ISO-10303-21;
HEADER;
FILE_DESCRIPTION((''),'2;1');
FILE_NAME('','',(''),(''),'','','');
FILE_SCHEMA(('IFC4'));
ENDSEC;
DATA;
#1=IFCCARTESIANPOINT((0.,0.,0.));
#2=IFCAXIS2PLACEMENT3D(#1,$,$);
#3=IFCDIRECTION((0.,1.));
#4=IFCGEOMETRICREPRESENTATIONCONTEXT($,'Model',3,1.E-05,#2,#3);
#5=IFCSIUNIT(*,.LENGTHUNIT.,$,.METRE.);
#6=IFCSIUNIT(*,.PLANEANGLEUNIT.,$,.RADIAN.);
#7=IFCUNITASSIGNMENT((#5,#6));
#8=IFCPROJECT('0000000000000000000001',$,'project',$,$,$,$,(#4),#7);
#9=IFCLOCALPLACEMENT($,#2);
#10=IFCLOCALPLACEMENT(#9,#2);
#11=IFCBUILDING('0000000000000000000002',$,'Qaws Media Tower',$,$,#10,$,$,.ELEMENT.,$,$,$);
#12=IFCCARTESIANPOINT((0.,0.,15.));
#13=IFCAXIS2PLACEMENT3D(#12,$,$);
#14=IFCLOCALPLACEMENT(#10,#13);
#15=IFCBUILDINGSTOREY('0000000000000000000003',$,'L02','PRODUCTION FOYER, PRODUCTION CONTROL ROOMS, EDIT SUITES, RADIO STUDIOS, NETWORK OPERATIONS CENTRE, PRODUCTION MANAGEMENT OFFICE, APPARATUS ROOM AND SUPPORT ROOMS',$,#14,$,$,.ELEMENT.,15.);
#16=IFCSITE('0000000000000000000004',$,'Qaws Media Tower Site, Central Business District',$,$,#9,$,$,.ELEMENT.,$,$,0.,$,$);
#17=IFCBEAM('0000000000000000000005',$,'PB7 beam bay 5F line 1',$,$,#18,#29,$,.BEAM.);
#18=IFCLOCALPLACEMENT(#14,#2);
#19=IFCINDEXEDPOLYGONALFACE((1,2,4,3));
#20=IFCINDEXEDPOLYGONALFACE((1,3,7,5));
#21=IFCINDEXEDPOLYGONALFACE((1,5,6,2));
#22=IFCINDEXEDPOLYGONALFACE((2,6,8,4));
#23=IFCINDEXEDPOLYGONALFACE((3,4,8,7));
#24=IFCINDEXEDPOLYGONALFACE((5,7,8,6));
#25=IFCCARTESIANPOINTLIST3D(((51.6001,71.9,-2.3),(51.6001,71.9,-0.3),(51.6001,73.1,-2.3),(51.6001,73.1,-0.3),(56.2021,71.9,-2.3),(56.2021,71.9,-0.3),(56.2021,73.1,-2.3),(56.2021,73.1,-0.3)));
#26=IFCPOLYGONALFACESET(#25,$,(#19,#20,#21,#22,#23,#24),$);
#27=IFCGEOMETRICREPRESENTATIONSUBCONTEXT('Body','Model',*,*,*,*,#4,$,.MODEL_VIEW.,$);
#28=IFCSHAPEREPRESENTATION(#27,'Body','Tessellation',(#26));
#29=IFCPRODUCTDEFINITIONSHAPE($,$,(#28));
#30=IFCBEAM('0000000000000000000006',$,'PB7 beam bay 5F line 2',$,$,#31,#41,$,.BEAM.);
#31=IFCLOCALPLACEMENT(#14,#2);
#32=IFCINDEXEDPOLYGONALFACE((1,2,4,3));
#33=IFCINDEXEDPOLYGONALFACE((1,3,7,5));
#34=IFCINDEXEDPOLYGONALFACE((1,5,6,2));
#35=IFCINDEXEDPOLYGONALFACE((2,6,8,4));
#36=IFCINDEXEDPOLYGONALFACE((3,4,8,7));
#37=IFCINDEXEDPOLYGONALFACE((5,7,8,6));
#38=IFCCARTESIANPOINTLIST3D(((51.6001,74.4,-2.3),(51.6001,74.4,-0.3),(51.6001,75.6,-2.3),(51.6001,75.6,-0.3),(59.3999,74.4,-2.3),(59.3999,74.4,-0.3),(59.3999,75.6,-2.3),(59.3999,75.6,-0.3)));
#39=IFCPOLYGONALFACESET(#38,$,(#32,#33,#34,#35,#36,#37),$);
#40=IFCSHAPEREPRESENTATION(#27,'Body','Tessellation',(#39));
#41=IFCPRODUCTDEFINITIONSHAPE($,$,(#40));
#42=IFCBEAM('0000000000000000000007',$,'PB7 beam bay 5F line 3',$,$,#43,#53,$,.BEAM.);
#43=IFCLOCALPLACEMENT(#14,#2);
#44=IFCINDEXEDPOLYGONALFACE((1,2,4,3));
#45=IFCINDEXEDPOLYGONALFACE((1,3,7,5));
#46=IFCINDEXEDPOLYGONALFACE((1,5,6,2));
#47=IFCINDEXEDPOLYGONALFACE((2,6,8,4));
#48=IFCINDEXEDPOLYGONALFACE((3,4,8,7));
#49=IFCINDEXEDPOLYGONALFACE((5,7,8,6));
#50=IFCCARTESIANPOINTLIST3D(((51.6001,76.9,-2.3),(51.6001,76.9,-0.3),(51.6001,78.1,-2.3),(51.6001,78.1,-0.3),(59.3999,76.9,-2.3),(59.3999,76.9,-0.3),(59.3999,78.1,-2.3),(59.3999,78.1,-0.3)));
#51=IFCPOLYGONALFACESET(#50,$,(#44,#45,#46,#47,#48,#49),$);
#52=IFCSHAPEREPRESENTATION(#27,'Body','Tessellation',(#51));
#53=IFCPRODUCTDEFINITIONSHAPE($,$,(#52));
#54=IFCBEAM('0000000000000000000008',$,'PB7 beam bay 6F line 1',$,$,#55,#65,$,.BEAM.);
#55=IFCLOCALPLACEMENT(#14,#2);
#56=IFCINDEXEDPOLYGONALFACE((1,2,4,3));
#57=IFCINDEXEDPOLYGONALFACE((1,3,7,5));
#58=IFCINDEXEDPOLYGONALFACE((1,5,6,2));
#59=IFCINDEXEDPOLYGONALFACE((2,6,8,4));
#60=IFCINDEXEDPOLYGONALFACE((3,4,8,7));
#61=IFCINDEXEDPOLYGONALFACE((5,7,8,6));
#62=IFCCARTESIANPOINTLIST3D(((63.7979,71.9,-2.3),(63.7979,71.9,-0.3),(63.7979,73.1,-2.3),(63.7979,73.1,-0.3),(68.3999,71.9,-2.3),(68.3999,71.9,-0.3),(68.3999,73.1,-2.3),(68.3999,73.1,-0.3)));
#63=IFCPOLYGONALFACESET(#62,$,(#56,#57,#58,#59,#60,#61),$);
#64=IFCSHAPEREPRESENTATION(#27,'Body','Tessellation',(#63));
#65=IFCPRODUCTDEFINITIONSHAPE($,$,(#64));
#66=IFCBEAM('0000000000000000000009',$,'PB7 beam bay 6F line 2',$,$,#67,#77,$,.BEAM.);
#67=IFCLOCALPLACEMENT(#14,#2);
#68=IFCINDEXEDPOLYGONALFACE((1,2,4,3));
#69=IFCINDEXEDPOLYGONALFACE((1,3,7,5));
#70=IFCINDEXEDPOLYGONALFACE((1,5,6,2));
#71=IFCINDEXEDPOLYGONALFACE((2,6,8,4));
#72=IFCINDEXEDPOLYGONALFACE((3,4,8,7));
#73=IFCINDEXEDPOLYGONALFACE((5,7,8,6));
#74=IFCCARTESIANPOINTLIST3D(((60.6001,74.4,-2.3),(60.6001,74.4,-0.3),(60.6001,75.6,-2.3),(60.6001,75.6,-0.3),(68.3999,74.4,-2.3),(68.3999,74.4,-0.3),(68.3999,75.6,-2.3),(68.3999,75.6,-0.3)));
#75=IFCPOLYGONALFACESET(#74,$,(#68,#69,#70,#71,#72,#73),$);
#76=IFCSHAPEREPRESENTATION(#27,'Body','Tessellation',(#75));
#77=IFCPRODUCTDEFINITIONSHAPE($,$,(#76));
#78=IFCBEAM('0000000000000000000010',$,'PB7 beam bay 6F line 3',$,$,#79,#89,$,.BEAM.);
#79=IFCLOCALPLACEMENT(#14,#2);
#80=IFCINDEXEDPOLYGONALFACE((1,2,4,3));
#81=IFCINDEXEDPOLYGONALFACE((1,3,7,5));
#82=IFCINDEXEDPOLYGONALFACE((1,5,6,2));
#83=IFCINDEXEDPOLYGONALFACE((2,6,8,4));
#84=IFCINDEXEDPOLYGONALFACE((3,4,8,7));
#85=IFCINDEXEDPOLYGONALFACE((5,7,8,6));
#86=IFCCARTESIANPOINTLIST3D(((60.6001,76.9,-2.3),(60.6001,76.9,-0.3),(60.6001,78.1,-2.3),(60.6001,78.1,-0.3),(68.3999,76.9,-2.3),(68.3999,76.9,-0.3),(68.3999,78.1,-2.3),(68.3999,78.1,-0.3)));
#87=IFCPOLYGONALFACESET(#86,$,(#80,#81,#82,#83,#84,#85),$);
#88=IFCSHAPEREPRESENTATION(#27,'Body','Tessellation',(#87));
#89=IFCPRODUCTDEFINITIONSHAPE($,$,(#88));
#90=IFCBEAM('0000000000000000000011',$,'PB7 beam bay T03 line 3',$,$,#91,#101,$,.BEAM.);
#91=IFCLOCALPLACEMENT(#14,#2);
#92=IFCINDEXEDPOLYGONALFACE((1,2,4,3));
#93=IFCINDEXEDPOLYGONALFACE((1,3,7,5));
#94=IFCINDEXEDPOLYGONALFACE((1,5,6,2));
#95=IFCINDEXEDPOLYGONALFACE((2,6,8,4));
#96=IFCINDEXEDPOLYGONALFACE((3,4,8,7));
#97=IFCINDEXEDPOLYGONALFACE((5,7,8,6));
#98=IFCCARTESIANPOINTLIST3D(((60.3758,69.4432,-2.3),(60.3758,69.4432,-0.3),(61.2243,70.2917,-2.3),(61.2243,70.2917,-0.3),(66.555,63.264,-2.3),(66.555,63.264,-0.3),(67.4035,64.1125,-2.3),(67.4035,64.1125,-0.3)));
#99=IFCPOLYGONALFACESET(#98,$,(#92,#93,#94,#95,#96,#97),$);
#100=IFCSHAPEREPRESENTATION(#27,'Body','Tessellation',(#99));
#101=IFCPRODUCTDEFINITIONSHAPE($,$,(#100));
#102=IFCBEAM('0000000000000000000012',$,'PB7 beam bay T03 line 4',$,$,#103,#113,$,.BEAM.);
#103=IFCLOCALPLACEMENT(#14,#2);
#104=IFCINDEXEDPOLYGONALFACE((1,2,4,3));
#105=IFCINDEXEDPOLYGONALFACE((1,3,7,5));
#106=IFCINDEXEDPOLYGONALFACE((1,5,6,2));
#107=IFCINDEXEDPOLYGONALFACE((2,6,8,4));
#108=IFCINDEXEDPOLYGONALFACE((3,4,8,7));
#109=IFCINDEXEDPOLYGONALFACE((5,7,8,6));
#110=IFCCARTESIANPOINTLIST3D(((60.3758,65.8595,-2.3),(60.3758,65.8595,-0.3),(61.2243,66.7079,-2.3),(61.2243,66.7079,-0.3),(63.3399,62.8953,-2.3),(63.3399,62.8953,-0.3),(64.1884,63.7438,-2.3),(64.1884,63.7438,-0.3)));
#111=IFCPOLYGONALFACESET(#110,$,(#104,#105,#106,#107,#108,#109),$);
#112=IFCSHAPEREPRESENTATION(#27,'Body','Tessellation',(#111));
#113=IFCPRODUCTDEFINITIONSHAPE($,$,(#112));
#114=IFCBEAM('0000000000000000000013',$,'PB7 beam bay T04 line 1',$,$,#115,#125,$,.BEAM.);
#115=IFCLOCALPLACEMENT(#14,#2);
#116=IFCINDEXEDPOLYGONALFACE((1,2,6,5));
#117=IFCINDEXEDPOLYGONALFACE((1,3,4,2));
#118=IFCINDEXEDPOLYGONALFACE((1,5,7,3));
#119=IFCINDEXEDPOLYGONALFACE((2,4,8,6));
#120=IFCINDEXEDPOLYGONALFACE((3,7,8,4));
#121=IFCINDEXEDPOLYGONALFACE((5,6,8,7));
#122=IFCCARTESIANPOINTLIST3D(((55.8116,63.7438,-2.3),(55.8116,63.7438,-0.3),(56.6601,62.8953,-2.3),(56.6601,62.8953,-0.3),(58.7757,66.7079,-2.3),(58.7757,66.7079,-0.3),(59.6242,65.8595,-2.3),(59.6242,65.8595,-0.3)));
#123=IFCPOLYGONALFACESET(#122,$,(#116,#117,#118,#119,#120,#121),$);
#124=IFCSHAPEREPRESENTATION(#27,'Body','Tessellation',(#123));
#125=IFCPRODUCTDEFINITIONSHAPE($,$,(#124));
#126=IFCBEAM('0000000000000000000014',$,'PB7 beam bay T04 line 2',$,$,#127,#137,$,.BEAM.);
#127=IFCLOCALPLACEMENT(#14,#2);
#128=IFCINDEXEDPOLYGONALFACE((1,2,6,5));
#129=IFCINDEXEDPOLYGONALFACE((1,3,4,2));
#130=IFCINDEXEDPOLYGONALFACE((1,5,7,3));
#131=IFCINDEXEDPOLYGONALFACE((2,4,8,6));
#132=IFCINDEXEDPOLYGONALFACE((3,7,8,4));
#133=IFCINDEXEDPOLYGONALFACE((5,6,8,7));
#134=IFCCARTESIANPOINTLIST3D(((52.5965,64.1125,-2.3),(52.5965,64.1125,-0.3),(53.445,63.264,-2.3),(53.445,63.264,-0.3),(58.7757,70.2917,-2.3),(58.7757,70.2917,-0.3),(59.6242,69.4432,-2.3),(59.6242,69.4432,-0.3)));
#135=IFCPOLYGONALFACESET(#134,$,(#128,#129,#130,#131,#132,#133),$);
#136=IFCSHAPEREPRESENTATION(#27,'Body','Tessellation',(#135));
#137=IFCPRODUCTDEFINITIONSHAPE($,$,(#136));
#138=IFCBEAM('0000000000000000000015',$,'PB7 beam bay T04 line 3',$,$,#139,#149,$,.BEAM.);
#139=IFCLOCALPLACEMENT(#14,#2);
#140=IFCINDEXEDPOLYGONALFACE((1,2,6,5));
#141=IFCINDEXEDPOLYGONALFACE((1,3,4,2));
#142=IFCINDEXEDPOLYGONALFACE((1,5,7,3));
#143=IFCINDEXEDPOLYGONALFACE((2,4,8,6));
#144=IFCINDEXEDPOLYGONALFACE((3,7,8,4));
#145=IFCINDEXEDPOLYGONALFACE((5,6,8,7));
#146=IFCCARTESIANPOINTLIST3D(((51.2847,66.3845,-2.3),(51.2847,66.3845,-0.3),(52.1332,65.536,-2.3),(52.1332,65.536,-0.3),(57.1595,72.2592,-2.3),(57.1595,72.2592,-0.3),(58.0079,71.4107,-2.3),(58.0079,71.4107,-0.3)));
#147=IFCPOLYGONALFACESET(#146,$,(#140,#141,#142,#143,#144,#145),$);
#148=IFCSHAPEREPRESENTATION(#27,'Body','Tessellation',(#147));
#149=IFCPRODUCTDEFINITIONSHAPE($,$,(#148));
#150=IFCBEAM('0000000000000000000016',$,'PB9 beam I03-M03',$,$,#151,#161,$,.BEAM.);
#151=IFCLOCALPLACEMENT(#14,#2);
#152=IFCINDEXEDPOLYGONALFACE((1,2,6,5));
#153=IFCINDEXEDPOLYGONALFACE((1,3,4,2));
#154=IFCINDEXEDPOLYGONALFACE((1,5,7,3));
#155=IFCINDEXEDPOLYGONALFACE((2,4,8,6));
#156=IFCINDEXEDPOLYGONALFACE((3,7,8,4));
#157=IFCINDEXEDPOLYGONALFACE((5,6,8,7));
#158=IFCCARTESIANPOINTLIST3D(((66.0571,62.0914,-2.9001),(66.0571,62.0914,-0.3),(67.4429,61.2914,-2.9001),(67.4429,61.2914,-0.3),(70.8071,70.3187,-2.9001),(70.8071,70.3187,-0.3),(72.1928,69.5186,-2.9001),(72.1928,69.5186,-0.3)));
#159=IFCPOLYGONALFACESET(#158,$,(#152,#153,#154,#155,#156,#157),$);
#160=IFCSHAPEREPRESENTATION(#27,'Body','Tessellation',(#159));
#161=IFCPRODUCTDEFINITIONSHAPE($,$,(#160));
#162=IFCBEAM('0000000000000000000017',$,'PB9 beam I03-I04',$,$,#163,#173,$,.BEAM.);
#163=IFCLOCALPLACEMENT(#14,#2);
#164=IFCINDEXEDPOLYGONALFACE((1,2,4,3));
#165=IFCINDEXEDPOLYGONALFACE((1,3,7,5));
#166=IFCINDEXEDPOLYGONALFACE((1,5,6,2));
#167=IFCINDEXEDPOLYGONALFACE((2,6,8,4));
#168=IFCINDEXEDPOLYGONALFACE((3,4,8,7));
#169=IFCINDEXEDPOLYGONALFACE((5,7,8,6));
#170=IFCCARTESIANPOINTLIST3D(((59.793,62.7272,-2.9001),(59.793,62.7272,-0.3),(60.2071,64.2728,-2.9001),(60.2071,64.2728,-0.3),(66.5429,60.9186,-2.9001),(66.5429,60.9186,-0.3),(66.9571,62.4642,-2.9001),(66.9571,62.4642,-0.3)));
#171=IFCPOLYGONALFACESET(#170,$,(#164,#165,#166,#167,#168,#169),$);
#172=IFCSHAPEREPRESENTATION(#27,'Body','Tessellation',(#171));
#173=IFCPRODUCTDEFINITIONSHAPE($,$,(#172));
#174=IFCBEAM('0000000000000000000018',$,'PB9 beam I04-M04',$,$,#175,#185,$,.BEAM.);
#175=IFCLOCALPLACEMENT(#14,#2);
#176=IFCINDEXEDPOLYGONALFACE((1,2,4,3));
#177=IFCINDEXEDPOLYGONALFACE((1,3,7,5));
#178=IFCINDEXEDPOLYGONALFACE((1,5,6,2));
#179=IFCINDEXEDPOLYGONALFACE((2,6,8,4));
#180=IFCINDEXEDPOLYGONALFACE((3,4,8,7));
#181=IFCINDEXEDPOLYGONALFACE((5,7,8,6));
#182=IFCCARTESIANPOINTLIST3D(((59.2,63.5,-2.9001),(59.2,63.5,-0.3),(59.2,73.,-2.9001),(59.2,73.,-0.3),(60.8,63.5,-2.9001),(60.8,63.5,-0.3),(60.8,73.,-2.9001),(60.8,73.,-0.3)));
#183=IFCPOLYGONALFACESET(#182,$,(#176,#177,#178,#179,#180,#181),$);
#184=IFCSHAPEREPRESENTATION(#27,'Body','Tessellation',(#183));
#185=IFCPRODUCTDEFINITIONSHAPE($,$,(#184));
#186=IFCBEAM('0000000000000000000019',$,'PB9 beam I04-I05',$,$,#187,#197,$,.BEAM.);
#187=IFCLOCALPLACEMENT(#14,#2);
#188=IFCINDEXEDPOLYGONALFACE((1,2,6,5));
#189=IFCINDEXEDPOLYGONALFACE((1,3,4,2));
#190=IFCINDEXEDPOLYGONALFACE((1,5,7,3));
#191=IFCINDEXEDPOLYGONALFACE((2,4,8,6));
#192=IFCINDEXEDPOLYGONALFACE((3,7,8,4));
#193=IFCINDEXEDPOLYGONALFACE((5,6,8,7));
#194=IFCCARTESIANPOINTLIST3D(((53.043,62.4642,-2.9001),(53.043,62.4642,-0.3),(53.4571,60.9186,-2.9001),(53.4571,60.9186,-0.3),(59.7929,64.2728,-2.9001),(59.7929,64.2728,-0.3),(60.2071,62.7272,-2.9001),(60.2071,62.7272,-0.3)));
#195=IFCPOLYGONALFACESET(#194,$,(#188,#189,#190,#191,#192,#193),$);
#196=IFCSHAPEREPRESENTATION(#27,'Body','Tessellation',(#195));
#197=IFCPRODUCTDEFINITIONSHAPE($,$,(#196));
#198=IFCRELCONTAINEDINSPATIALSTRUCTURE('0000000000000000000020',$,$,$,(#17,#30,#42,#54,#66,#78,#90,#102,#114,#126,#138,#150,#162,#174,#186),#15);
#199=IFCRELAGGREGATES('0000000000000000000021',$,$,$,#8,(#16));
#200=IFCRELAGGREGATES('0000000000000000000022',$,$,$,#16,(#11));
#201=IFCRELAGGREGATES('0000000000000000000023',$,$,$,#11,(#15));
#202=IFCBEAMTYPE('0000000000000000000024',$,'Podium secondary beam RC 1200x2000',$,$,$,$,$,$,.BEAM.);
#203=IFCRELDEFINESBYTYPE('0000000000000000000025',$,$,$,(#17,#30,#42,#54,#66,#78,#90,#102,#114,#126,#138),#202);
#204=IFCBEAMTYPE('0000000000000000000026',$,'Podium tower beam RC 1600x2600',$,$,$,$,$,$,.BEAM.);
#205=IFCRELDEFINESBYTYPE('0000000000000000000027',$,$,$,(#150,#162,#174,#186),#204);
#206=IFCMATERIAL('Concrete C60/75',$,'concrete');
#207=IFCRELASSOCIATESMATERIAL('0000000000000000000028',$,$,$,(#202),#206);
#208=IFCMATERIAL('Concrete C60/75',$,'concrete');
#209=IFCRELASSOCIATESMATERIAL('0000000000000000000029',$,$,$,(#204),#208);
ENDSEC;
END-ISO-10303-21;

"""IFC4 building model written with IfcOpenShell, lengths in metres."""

from ifc_helpers import new_model, si_unit, direction, frame, origin, origin_2d, place, context, subcontext, project, spatial, rectangle, extrude, material, material_profile, profile_set, type_object, element, save


model = new_model("IFC4")

# Units and contexts
model_context = context("Model", 3, precision=1e-05, world=origin(), true_north=direction((0.0, 1.0)))
body_context = subcontext(model_context, "Body", "Model", "MODEL_VIEW")
ifc_project = project(units=[si_unit("LENGTHUNIT", "METRE"), si_unit("PLANEANGLEUNIT", "RADIAN")], contexts=[model_context])

# Site, building, storey
site_placement = place(None, origin())
site = spatial("IfcSite", under=ifc_project, at=site_placement, Name="Qaws Media Tower Site, Central Business District", CompositionType="ELEMENT", RefElevation=0.0)
building_placement = place(site_placement, origin())
building = spatial("IfcBuilding", under=site, at=building_placement, Name="Qaws Media Tower", CompositionType="ELEMENT")
storey_placement = place(building_placement, frame((0.0, 0.0, 15.0)))
storey = spatial("IfcBuildingStorey", under=building, at=storey_placement, Name="L02", Description="PRODUCTION FOYER, PRODUCTION CONTROL ROOMS, EDIT SUITES, RADIO STUDIOS, NETWORK OPERATIONS CENTRE, PRODUCTION MANAGEMENT OFFICE, APPARATUS ROOM AND SUPPORT ROOMS", CompositionType="ELEMENT", Elevation=15.0)

# Beams
ifc_material_1 = material(Name="Concrete C60/75", Category="concrete")
ifc_material_profile_1 = material_profile(ifc_material_1, rectangle(XDim=1.2, YDim=2.0, at=origin_2d()), Name="RC 1200x2000")
ifc_profile_set_1 = profile_set([ifc_material_profile_1], Name="Concrete C60/75")
beam_type_1 = type_object("IfcBeamType", Name="Podium secondary beam RC 1200x2000", PredefinedType="BEAM", material=ifc_profile_set_1)
beam_1_placement = place(storey_placement, frame((51.6001, 72.5, -1.3), z_axis=(1.0, 0.0, 0.0), x_axis=(0.0, 1.0, 0.0)))
element("IfcBeam", 1, at=beam_1_placement, inside=storey, type_object=beam_type_1, Name="PB7 beam bay 5F line 1", PredefinedType="BEAM", context=body_context, shape_type="SweptSolid", body=[
    extrude(rectangle(XDim=1.2, YDim=2.0, at=origin_2d()), origin(), (0.0, 0.0, 1.0), 4.6021),
])
for number, where, z_axis, x_axis, name in (
    (2, (51.6001, 75.0, -1.3), (1.0, 0.0, 0.0), (0.0, 1.0, 0.0), "PB7 beam bay 5F line 2"),
    (3, (51.6001, 77.5, -1.3), (1.0, 0.0, 0.0), (0.0, 1.0, 0.0), "PB7 beam bay 5F line 3"),
):
    element("IfcBeam", number, at=place(storey_placement, frame(where, z_axis=z_axis, x_axis=x_axis)), inside=storey, type_object=beam_type_1, Name=name, PredefinedType="BEAM", context=body_context, shape_type="SweptSolid", body=[
        extrude(rectangle(XDim=1.2, YDim=2.0, at=origin_2d()), origin(), (0.0, 0.0, 1.0), 7.7998),
    ])
beam_2_placement = place(storey_placement, frame((63.7979, 72.5, -1.3), z_axis=(1.0, 0.0, 0.0), x_axis=(0.0, 1.0, 0.0)))
element("IfcBeam", 4, at=beam_2_placement, inside=storey, type_object=beam_type_1, Name="PB7 beam bay 6F line 1", PredefinedType="BEAM", context=body_context, shape_type="SweptSolid", body=[
    extrude(rectangle(XDim=1.2, YDim=2.0, at=origin_2d()), origin(), (0.0, 0.0, 1.0), 4.6021),
])
for number, where, z_axis, x_axis, name in (
    (5, (60.6001, 75.0, -1.3), (1.0, 0.0, 0.0), (0.0, 1.0, 0.0), "PB7 beam bay 6F line 2"),
    (6, (60.6001, 77.5, -1.3), (1.0, 0.0, 0.0), (0.0, 1.0, 0.0), "PB7 beam bay 6F line 3"),
):
    element("IfcBeam", number, at=place(storey_placement, frame(where, z_axis=z_axis, x_axis=x_axis)), inside=storey, type_object=beam_type_1, Name=name, PredefinedType="BEAM", context=body_context, shape_type="SweptSolid", body=[
        extrude(rectangle(XDim=1.2, YDim=2.0, at=origin_2d()), origin(), (0.0, 0.0, 1.0), 7.7998),
    ])
beam_3_placement = place(storey_placement, frame((66.9792, 63.6882, -1.3), z_axis=(-0.707107, 0.707107, 0.0), x_axis=(-0.707107, -0.707107, 0.0)))
element("IfcBeam", 7, at=beam_3_placement, inside=storey, type_object=beam_type_1, Name="PB7 beam bay T03 line 3", PredefinedType="BEAM", context=body_context, shape_type="SweptSolid", body=[
    extrude(rectangle(XDim=1.2, YDim=2.0, at=origin_2d()), origin(), (0.0, 0.0, 1.0), 8.7388),
])
for number, where, z_axis, x_axis, name in (
    (8, (63.7642, 63.3196, -1.3), (-0.707107, 0.707107, 0.0), (-0.707107, -0.707107, 0.0), "PB7 beam bay T03 line 4"),
    (9, (56.2358, 63.3196, -1.3), (0.707107, 0.707107, 0.0), (-0.707107, 0.707107, 0.0), "PB7 beam bay T04 line 1"),
):
    element("IfcBeam", number, at=place(storey_placement, frame(where, z_axis=z_axis, x_axis=x_axis)), inside=storey, type_object=beam_type_1, Name=name, PredefinedType="BEAM", context=body_context, shape_type="SweptSolid", body=[
        extrude(rectangle(XDim=1.2, YDim=2.0, at=origin_2d()), origin(), (0.0, 0.0, 1.0), 4.1919),
    ])
beam_4_placement = place(storey_placement, frame((53.0208, 63.6882, -1.3), z_axis=(0.707107, 0.707107, 0.0), x_axis=(-0.707107, 0.707107, 0.0)))
element("IfcBeam", 10, at=beam_4_placement, inside=storey, type_object=beam_type_1, Name="PB7 beam bay T04 line 2", PredefinedType="BEAM", context=body_context, shape_type="SweptSolid", body=[
    extrude(rectangle(XDim=1.2, YDim=2.0, at=origin_2d()), origin(), (0.0, 0.0, 1.0), 8.7388),
])
beam_5_placement = place(storey_placement, frame((51.709, 65.9602, -1.3), z_axis=(0.707107, 0.707107, 0.0), x_axis=(-0.707107, 0.707107, 0.0)))
element("IfcBeam", 11, at=beam_5_placement, inside=storey, type_object=beam_type_1, Name="PB7 beam bay T04 line 3", PredefinedType="BEAM", context=body_context, shape_type="SweptSolid", body=[
    extrude(rectangle(XDim=1.2, YDim=2.0, at=origin_2d()), origin(), (0.0, 0.0, 1.0), 8.3081),
])
ifc_material_2 = material(Name="Concrete C60/75", Category="concrete")
ifc_material_profile_2 = material_profile(ifc_material_2, rectangle(XDim=1.6001, YDim=2.6001, at=origin_2d()), Name="RC 1600x2600")
ifc_profile_set_2 = profile_set([ifc_material_profile_2], Name="Concrete C60/75")
beam_type_2 = type_object("IfcBeamType", Name="Podium tower beam RC 1600x2600", PredefinedType="BEAM", material=ifc_profile_set_2)
beam_6_placement = place(storey_placement, frame((66.75, 61.6914, -1.6001), z_axis=(0.499998, 0.866027, 0.0), x_axis=(-0.866027, 0.499998, 0.0)))
element("IfcBeam", 12, at=beam_6_placement, inside=storey, type_object=beam_type_2, Name="PB9 beam I03-M03", PredefinedType="BEAM", context=body_context, shape_type="SweptSolid", body=[
    extrude(rectangle(XDim=1.6001, YDim=2.6001, at=origin_2d()), origin(), (0.0, 0.0, 1.0), 9.5),
])
beam_7_placement = place(storey_placement, frame((66.75, 61.6914, -1.6001), z_axis=(-0.965928, 0.258811, 0.0), x_axis=(-0.258811, -0.965928, 0.0)))
element("IfcBeam", 13, at=beam_7_placement, inside=storey, type_object=beam_type_2, Name="PB9 beam I03-I04", PredefinedType="BEAM", context=body_context, shape_type="SweptSolid", body=[
    extrude(rectangle(XDim=1.6001, YDim=2.6001, at=origin_2d()), origin(), (0.0, 0.0, 1.0), 6.988),
])
beam_8_placement = place(storey_placement, frame((60.0, 63.5, -1.6001), z_axis=(0.0, 1.0, 0.0), x_axis=(-1.0, 0.0, 0.0)))
element("IfcBeam", 14, at=beam_8_placement, inside=storey, type_object=beam_type_2, Name="PB9 beam I04-M04", PredefinedType="BEAM", context=body_context, shape_type="SweptSolid", body=[
    extrude(rectangle(XDim=1.6001, YDim=2.6001, at=origin_2d()), origin(), (0.0, 0.0, 1.0), 9.5),
])
beam_9_placement = place(storey_placement, frame((60.0, 63.5, -1.6001), z_axis=(-0.965928, -0.258811, 0.0), x_axis=(0.258811, -0.965928, 0.0)))
element("IfcBeam", 15, at=beam_9_placement, inside=storey, type_object=beam_type_2, Name="PB9 beam I04-I05", PredefinedType="BEAM", context=body_context, shape_type="SweptSolid", body=[
    extrude(rectangle(XDim=1.6001, YDim=2.6001, at=origin_2d()), origin(), (0.0, 0.0, 1.0), 6.988),
])

save(model, "model.ifc")
